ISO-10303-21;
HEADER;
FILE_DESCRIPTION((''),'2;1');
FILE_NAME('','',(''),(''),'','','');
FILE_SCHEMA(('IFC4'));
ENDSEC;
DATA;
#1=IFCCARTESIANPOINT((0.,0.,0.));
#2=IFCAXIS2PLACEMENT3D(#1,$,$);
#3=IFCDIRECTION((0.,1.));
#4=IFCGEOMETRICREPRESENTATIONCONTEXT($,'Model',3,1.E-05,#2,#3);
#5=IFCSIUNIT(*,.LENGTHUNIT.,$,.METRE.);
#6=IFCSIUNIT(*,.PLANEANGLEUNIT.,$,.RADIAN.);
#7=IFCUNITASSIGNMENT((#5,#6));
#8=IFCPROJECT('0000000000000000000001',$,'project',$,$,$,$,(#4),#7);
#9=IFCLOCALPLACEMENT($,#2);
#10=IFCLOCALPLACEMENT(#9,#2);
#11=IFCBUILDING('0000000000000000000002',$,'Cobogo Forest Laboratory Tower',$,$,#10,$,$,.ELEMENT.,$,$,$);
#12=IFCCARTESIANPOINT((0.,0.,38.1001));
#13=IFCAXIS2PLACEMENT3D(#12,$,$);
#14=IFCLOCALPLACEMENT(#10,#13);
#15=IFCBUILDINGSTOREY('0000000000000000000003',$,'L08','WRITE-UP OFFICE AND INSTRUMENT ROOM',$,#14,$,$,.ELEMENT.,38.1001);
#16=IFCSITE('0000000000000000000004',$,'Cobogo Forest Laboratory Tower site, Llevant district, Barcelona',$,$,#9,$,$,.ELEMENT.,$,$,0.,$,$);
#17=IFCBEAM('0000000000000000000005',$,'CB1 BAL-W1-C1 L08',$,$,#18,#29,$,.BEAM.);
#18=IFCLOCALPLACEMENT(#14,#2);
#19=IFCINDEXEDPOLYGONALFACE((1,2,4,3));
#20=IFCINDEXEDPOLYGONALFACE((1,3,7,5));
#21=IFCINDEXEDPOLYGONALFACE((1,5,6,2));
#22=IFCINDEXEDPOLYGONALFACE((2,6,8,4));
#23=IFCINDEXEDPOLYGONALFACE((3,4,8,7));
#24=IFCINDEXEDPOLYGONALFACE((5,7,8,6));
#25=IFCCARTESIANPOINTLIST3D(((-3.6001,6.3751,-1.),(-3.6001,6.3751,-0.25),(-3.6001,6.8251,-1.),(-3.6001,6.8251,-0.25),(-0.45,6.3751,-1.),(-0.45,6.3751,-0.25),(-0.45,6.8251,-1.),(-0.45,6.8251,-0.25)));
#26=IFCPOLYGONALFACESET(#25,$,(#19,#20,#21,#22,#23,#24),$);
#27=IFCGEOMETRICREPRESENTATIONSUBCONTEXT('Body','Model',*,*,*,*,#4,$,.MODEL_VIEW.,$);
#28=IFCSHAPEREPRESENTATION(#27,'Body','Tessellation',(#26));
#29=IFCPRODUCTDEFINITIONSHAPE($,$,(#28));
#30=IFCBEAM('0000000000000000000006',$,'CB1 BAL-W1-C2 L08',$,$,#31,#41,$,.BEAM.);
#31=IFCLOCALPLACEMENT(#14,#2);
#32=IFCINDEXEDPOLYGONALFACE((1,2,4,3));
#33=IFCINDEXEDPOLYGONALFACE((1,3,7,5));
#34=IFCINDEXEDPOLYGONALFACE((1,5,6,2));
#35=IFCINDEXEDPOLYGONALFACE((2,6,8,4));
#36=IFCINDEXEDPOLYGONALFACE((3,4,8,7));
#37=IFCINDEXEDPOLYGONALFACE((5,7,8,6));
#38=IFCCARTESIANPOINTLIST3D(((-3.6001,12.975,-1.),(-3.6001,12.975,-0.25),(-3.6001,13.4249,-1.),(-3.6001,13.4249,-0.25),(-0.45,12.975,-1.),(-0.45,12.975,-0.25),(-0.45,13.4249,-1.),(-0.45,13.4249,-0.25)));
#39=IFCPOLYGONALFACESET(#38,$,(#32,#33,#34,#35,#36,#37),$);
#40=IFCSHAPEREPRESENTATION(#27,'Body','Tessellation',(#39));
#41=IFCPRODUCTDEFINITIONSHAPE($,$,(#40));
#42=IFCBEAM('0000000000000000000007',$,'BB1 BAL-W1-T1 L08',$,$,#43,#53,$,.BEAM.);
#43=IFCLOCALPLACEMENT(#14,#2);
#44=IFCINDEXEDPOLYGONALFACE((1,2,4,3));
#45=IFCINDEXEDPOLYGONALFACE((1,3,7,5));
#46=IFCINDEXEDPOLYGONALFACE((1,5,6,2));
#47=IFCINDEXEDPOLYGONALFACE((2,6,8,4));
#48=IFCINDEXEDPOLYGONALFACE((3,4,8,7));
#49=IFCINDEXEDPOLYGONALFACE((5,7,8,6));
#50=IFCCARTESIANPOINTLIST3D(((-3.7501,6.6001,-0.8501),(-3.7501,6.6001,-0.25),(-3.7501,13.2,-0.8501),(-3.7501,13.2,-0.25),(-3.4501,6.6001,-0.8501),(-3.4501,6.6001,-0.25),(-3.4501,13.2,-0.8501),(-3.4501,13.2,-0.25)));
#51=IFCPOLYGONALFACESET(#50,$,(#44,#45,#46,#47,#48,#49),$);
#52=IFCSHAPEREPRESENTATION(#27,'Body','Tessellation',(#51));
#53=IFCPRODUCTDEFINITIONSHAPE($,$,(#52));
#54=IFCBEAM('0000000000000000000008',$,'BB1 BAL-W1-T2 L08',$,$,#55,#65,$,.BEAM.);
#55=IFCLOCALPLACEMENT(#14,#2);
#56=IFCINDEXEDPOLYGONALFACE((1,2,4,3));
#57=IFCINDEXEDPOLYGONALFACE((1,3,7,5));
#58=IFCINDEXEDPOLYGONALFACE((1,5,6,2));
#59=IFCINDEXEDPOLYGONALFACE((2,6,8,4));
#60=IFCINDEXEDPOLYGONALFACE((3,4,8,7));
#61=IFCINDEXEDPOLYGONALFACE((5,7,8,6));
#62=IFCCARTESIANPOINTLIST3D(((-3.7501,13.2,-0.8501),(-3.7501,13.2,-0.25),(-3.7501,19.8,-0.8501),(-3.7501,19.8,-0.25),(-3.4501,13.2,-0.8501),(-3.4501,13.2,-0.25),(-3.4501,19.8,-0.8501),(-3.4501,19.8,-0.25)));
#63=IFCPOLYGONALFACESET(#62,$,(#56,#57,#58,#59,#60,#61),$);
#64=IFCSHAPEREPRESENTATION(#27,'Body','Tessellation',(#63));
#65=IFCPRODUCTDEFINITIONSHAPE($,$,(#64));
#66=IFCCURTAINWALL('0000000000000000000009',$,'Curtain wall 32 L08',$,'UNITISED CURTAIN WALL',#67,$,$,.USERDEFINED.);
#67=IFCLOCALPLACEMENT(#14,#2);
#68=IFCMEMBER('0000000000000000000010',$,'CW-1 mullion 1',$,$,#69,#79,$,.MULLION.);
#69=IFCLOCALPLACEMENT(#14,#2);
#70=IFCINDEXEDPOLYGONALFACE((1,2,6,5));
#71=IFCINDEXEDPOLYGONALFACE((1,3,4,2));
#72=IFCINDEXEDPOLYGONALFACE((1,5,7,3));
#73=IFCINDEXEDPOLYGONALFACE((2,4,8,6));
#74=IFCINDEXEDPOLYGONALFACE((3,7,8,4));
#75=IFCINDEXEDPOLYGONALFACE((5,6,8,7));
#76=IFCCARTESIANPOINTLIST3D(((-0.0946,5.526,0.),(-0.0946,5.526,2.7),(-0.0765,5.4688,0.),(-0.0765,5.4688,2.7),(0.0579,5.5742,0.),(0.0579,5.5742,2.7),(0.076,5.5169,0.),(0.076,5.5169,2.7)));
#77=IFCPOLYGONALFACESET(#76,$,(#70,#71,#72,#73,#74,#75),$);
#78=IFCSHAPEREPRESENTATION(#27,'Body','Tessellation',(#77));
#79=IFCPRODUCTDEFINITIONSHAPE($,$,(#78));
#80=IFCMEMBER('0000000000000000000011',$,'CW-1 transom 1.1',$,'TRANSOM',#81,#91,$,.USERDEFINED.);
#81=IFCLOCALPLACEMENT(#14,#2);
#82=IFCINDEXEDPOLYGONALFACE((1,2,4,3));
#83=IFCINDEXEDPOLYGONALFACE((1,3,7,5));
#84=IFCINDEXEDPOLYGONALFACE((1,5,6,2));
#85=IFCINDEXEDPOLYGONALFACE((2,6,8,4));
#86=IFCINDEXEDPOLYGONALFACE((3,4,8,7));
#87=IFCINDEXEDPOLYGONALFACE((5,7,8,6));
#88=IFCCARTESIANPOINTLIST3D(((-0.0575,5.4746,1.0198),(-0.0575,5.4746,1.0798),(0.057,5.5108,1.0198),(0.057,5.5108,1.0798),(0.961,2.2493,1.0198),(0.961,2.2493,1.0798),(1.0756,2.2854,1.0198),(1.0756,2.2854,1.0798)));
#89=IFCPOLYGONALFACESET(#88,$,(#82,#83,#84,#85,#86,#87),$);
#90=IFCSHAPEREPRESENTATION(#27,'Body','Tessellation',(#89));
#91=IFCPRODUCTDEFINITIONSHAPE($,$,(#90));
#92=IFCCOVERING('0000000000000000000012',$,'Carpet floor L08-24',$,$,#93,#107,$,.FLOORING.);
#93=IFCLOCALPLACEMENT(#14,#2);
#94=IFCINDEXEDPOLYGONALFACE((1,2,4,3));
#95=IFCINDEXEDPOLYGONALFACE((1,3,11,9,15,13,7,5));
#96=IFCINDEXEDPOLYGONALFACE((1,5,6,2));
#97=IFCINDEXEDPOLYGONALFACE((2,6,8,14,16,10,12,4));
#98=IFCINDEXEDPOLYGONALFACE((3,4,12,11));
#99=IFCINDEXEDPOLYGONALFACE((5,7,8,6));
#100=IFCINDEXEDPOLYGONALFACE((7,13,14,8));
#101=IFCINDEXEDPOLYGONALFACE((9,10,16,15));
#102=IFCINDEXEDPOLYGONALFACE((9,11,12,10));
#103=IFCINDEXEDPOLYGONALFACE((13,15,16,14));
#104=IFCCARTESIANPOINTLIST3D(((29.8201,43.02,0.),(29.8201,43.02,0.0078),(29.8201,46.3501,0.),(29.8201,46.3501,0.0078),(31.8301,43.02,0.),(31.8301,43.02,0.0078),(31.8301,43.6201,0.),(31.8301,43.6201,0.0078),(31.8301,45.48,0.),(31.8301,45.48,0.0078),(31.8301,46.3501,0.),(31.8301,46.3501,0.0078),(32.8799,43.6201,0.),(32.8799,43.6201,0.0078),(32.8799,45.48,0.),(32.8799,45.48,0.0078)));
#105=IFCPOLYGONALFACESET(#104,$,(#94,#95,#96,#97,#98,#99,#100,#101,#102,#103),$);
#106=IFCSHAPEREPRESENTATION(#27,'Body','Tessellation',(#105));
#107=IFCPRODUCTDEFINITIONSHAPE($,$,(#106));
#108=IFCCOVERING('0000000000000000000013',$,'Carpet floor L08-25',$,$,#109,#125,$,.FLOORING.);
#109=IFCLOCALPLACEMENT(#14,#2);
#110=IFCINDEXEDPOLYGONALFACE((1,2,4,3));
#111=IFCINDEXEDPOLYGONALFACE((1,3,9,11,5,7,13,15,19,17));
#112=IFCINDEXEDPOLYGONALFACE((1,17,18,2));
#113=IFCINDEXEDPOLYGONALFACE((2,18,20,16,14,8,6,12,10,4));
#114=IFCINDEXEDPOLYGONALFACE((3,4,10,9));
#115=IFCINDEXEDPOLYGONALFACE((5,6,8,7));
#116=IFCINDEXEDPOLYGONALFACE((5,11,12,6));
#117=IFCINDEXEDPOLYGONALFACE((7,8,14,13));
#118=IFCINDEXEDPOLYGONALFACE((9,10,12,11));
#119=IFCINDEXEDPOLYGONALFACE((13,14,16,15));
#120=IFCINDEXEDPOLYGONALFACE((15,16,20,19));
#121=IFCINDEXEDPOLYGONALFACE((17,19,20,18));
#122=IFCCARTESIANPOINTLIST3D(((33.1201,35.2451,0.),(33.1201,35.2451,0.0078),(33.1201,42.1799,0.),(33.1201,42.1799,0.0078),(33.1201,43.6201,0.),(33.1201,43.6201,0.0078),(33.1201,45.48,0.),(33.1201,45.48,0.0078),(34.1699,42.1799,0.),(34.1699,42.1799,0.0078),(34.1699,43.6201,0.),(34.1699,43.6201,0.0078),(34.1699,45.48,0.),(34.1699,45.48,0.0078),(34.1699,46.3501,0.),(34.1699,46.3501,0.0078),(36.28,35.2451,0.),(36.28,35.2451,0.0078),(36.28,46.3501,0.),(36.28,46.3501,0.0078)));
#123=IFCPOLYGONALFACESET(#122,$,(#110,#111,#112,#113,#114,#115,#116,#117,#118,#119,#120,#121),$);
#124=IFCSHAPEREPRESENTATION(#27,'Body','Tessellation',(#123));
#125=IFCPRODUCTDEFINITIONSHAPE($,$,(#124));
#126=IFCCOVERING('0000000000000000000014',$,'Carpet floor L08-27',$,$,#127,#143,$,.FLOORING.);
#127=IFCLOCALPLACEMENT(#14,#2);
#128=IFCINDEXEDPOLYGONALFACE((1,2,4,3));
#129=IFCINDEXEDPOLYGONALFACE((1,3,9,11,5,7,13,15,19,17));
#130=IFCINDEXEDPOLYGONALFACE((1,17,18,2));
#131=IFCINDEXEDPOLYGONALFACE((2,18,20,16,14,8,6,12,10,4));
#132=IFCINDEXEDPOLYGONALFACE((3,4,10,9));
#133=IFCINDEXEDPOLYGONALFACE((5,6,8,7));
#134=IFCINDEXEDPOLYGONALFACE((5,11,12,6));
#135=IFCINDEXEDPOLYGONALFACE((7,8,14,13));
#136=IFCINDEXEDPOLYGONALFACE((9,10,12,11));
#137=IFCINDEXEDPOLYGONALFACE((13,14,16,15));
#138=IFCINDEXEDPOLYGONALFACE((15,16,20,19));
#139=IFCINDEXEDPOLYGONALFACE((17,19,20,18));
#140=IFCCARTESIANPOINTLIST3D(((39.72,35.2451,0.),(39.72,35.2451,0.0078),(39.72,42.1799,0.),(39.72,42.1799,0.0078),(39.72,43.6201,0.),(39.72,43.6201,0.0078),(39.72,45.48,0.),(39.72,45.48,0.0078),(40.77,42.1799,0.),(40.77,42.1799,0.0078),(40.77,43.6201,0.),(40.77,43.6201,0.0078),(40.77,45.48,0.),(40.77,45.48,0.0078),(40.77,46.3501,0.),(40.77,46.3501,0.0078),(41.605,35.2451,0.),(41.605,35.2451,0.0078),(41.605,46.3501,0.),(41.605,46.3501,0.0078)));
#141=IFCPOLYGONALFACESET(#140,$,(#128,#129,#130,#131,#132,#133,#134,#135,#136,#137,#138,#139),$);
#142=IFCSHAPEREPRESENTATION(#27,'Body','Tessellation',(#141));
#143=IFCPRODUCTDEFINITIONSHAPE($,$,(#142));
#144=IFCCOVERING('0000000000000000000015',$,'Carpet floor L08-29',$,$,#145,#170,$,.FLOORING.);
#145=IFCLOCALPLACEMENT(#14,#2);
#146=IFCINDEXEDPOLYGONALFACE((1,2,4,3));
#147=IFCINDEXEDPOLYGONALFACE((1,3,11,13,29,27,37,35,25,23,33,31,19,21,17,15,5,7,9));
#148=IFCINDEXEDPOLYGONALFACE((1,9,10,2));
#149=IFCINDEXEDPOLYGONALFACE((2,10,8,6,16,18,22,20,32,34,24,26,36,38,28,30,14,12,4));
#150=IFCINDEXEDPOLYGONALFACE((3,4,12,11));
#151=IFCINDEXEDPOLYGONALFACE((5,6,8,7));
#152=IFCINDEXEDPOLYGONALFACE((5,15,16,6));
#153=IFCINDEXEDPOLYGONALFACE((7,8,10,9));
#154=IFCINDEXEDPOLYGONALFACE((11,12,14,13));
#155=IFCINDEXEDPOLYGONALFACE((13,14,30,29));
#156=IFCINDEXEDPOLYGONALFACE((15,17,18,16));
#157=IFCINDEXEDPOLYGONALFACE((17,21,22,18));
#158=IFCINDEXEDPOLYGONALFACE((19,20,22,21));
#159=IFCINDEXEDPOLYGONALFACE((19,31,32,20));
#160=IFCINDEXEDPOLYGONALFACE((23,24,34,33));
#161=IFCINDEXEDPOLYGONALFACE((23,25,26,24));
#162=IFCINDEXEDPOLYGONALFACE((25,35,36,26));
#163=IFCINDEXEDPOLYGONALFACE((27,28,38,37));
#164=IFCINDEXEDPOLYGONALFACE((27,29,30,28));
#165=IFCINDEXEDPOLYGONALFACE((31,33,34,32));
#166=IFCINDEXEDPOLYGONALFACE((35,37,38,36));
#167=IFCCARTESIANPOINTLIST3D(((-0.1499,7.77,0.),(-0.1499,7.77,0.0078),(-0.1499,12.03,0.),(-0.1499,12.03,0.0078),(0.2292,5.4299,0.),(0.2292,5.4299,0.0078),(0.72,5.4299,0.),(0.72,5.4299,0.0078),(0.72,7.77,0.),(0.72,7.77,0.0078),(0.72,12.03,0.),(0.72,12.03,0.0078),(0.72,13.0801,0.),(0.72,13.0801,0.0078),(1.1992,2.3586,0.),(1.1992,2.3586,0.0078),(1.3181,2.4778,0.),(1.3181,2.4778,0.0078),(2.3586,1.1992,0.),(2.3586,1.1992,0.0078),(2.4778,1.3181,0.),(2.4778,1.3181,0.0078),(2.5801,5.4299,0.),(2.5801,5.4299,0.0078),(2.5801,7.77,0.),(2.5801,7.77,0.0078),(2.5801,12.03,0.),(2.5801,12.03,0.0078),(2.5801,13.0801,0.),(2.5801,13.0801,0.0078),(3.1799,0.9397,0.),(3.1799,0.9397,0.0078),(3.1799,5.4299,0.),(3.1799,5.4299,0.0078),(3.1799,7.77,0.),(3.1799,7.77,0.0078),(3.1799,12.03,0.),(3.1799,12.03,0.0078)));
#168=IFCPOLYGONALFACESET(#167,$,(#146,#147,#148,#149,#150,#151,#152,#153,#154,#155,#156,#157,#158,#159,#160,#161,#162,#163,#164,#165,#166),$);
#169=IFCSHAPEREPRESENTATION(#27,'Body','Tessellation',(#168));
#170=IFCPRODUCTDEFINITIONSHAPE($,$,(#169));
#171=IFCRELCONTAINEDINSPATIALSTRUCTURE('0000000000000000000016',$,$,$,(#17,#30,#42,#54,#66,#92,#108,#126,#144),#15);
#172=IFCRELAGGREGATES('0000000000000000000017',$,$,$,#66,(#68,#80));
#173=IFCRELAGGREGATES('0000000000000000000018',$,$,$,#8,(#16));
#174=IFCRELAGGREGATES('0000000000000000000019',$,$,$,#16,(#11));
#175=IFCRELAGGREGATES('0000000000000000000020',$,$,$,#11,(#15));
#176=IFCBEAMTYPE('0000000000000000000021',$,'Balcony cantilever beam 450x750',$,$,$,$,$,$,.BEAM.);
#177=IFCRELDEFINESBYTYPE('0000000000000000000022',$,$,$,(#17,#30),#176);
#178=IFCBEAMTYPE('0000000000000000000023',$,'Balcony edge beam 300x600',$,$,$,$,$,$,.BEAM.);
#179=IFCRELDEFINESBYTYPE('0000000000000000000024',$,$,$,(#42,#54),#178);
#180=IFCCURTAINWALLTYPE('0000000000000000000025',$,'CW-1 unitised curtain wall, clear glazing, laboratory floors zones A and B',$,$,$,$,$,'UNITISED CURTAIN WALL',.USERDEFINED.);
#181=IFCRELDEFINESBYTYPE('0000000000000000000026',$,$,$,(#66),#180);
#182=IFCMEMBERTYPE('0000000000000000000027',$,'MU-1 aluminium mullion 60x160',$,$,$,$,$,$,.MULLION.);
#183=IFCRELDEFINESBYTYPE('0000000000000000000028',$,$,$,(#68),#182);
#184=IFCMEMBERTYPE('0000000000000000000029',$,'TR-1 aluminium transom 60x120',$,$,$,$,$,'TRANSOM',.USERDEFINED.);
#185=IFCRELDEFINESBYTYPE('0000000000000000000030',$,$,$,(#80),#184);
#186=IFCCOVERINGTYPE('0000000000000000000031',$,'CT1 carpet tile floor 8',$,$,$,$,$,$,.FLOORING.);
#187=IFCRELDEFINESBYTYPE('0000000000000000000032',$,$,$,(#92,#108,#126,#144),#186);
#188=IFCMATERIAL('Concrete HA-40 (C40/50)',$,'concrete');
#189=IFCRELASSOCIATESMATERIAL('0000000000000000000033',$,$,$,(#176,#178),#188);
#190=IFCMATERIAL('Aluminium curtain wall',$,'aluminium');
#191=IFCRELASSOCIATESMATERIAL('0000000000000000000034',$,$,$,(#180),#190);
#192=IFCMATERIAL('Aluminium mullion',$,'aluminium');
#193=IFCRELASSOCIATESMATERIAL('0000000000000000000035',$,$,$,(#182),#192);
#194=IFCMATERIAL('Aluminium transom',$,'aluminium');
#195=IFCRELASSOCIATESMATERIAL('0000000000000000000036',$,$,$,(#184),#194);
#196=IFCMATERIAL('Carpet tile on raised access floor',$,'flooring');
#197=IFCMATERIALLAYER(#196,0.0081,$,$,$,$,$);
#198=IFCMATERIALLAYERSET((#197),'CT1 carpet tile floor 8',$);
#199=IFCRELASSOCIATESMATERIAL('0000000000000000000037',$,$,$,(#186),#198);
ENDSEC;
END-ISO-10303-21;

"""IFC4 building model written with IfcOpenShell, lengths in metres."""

from ifc_helpers import new_model, si_unit, direction, frame, origin, origin_2d, place, context, subcontext, project, spatial, polyline, rectangle, outline, extrude, material, layer, layer_set, material_profile, profile_set, type_object, element, aggregate, save


model = new_model("IFC4")

# Units and contexts
model_context = context("Model", 3, precision=1e-05, world=origin(), true_north=direction((0.0, 1.0)))
body_context = subcontext(model_context, "Body", "Model", "MODEL_VIEW")
ifc_project = project(units=[si_unit("LENGTHUNIT", "METRE"), si_unit("PLANEANGLEUNIT", "RADIAN")], contexts=[model_context])

# Site, building, storey
site_placement = place(None, origin())
site = spatial("IfcSite", under=ifc_project, at=site_placement, Name="Cobogo Forest Laboratory Tower site, Llevant district, Barcelona", CompositionType="ELEMENT", RefElevation=0.0)
building_placement = place(site_placement, origin())
building = spatial("IfcBuilding", under=site, at=building_placement, Name="Cobogo Forest Laboratory Tower", CompositionType="ELEMENT")
storey_placement = place(building_placement, frame((0.0, 0.0, 38.1001)))
storey = spatial("IfcBuildingStorey", under=building, at=storey_placement, Name="L08", Description="WRITE-UP OFFICE AND INSTRUMENT ROOM", CompositionType="ELEMENT", Elevation=38.1001)

# Beams
ifc_material_1 = material(Name="Concrete HA-40 (C40/50)", Category="concrete")
ifc_material_profile_1 = material_profile(ifc_material_1, rectangle(XDim=0.45, YDim=0.75, at=origin_2d()), Name="RC 450x750")
ifc_profile_set_1 = profile_set([ifc_material_profile_1], Name="Concrete HA-40 (C40/50)")
beam_type_1 = type_object("IfcBeamType", Name="Balcony cantilever beam 450x750", PredefinedType="BEAM", material=ifc_profile_set_1)
for number, where, z_axis, x_axis, name in (
    (1, (-0.45, 6.6001, -0.625), (-1.0, 0.0, 0.0), (0.0, -1.0, 0.0), "CB1 BAL-W1-C1 L08"),
    (2, (-0.45, 13.2, -0.625), (-1.0, 0.0, 0.0), (0.0, -1.0, 0.0), "CB1 BAL-W1-C2 L08"),
):
    element("IfcBeam", number, at=place(storey_placement, frame(where, z_axis=z_axis, x_axis=x_axis)), inside=storey, type_object=beam_type_1, Name=name, PredefinedType="BEAM", context=body_context, shape_type="SweptSolid", body=[
        extrude(rectangle(XDim=0.45, YDim=0.75, at=origin_2d()), origin(), (0.0, 0.0, 1.0), 3.1501),
    ])
ifc_material_profile_2 = material_profile(ifc_material_1, rectangle(XDim=0.3, YDim=0.6001, at=origin_2d()), Name="RC 300x600")
ifc_profile_set_2 = profile_set([ifc_material_profile_2], Name="Concrete HA-40 (C40/50)")
beam_type_2 = type_object("IfcBeamType", Name="Balcony edge beam 300x600", PredefinedType="BEAM", material=ifc_profile_set_2)
beam_1_placement = place(storey_placement, frame((-3.6001, 6.6001, -0.55), z_axis=(0.0, 1.0, 0.0), x_axis=(-1.0, 0.0, 0.0)))
element("IfcBeam", 3, at=beam_1_placement, inside=storey, type_object=beam_type_2, Name="BB1 BAL-W1-T1 L08", PredefinedType="BEAM", context=body_context, shape_type="SweptSolid", body=[
    extrude(rectangle(XDim=0.3, YDim=0.6001, at=origin_2d()), origin(), (0.0, 0.0, 1.0), 6.5999),
])
beam_2_placement = place(storey_placement, frame((-3.6001, 13.2, -0.55), z_axis=(0.0, 1.0, 0.0), x_axis=(-1.0, 0.0, 0.0)))
element("IfcBeam", 4, at=beam_2_placement, inside=storey, type_object=beam_type_2, Name="BB1 BAL-W1-T2 L08", PredefinedType="BEAM", context=body_context, shape_type="SweptSolid", body=[
    extrude(rectangle(XDim=0.3, YDim=0.6001, at=origin_2d()), origin(), (0.0, 0.0, 1.0), 6.6001),
])

# Curtain wall, members
ifc_material_2 = material(Name="Aluminium curtain wall", Category="aluminium")
curtain_wall_type = type_object("IfcCurtainWallType", Name="CW-1 unitised curtain wall, clear glazing, laboratory floors zones A and B", ElementType="UNITISED CURTAIN WALL", PredefinedType="USERDEFINED", material=ifc_material_2)
curtain_wall_placement = place(storey_placement, origin())
curtain_wall = element("IfcCurtainWall", 5, at=curtain_wall_placement, inside=storey, type_object=curtain_wall_type, Name="Curtain wall 32 L08", ObjectType="UNITISED CURTAIN WALL", PredefinedType="USERDEFINED")
ifc_material_3 = material(Name="Aluminium mullion", Category="aluminium")
ifc_material_profile_3 = material_profile(ifc_material_3, rectangle(XDim=0.0601, YDim=0.1599, at=origin_2d()), Name="AL 60x160")
ifc_profile_set_3 = profile_set([ifc_material_profile_3], Name="Aluminium mullion")
member_type_1 = type_object("IfcMemberType", Name="MU-1 aluminium mullion 60x160", PredefinedType="MULLION", material=ifc_profile_set_3)
member_1_placement = place(storey_placement, frame((-0.0093, 5.5215, 0.0), z_axis=(0.0, 0.0, 1.0), x_axis=(0.301135, -0.953581, 0.0)))
member_1 = element("IfcMember", 6, at=member_1_placement, type_object=member_type_1, Name="CW-1 mullion 1", PredefinedType="MULLION", context=body_context, shape_type="SweptSolid", body=[
    extrude(rectangle(XDim=0.0601, YDim=0.1599, at=origin_2d()), origin(), (0.0, 0.0, 1.0), 2.7),
])
ifc_material_4 = material(Name="Aluminium transom", Category="aluminium")
ifc_material_profile_4 = material_profile(ifc_material_4, rectangle(XDim=0.1201, YDim=0.0601, at=origin_2d()), Name="AL 60x120")
ifc_profile_set_4 = profile_set([ifc_material_profile_4], Name="Aluminium transom")
member_type_2 = type_object("IfcMemberType", Name="TR-1 aluminium transom 60x120", ElementType="TRANSOM", PredefinedType="USERDEFINED", material=ifc_profile_set_4)
member_2_placement = place(storey_placement, frame((-0.0002, 5.4927, 1.0498), z_axis=(0.301138, -0.95358, 0.0), x_axis=(0.95358, 0.301138, 0.0)))
member_2 = element("IfcMember", 7, at=member_2_placement, type_object=member_type_2, Name="CW-1 transom 1.1", ObjectType="TRANSOM", PredefinedType="USERDEFINED", context=body_context, shape_type="SweptSolid", body=[
    extrude(rectangle(XDim=0.1201, YDim=0.0601, at=origin_2d()), origin(), (0.0, 0.0, 1.0), 3.3823),
])
aggregate(curtain_wall, [member_1, member_2])

# Coverings
ifc_material_5 = material(Name="Carpet tile on raised access floor", Category="flooring")
ifc_layer_1 = layer(ifc_material_5, 0.0081)
ifc_layer_set_1 = layer_set([ifc_layer_1], Name="CT1 carpet tile floor 8")
covering_type_1 = type_object("IfcCoveringType", Name="CT1 carpet tile floor 8", PredefinedType="FLOORING", material=ifc_layer_set_1)
covering_1_placement = place(storey_placement, origin())
element("IfcCovering", 8, at=covering_1_placement, inside=storey, type_object=covering_type_1, Name="Carpet floor L08-24", PredefinedType="FLOORING", context=body_context, shape_type="SweptSolid", body=[
    extrude(outline(polyline([(29.8201, 43.02), (29.8201, 46.3501), (31.8301, 46.3501), (31.8301, 45.48), (32.8799, 45.48), (32.8799, 43.6201), (31.8301, 43.6201), (31.8301, 43.02), (29.8201, 43.02)])), origin(), (0.0, 0.0, 1.0), 0.0078),
])
covering_2_placement = place(storey_placement, origin())
element("IfcCovering", 9, at=covering_2_placement, inside=storey, type_object=covering_type_1, Name="Carpet floor L08-25", PredefinedType="FLOORING", context=body_context, shape_type="SweptSolid", body=[
    extrude(outline(polyline([(33.1201, 35.2451), (33.1201, 42.1799), (34.1699, 42.1799), (34.1699, 43.6201), (33.1201, 43.6201), (33.1201, 45.48), (34.1699, 45.48), (34.1699, 46.3501), (36.28, 46.3501), (36.28, 35.2451), (33.1201, 35.2451)])), origin(), (0.0, 0.0, 1.0), 0.0078),
])
covering_3_placement = place(storey_placement, origin())
element("IfcCovering", 10, at=covering_3_placement, inside=storey, type_object=covering_type_1, Name="Carpet floor L08-27", PredefinedType="FLOORING", context=body_context, shape_type="SweptSolid", body=[
    extrude(outline(polyline([(39.72, 35.2451), (39.72, 42.1799), (40.77, 42.1799), (40.77, 43.6201), (39.72, 43.6201), (39.72, 45.48), (40.77, 45.48), (40.77, 46.3501), (41.605, 46.3501), (41.605, 35.2451), (39.72, 35.2451)])), origin(), (0.0, 0.0, 1.0), 0.0078),
])
covering_4_placement = place(storey_placement, origin())
element("IfcCovering", 11, at=covering_4_placement, inside=storey, type_object=covering_type_1, Name="Carpet floor L08-29", PredefinedType="FLOORING", context=body_context, shape_type="SweptSolid", body=[
    extrude(outline(polyline([(3.1799, 7.77), (2.5801, 7.77), (2.5801, 5.4299), (3.1799, 5.4299), (3.1799, 0.9397), (2.3586, 1.1992), (2.4778, 1.3181), (1.3181, 2.4778), (1.1992, 2.3586), (0.2292, 5.4299), (0.72, 5.4299), (0.72, 7.77), (-0.1499, 7.77), (-0.1499, 12.03), (0.72, 12.03), (0.72, 13.0801), (2.5801, 13.0801), (2.5801, 12.03), (3.1799, 12.03), (3.1799, 7.77)])), origin(), (0.0, 0.0, 1.0), 0.0078),
])

save(model, "model.ifc")
